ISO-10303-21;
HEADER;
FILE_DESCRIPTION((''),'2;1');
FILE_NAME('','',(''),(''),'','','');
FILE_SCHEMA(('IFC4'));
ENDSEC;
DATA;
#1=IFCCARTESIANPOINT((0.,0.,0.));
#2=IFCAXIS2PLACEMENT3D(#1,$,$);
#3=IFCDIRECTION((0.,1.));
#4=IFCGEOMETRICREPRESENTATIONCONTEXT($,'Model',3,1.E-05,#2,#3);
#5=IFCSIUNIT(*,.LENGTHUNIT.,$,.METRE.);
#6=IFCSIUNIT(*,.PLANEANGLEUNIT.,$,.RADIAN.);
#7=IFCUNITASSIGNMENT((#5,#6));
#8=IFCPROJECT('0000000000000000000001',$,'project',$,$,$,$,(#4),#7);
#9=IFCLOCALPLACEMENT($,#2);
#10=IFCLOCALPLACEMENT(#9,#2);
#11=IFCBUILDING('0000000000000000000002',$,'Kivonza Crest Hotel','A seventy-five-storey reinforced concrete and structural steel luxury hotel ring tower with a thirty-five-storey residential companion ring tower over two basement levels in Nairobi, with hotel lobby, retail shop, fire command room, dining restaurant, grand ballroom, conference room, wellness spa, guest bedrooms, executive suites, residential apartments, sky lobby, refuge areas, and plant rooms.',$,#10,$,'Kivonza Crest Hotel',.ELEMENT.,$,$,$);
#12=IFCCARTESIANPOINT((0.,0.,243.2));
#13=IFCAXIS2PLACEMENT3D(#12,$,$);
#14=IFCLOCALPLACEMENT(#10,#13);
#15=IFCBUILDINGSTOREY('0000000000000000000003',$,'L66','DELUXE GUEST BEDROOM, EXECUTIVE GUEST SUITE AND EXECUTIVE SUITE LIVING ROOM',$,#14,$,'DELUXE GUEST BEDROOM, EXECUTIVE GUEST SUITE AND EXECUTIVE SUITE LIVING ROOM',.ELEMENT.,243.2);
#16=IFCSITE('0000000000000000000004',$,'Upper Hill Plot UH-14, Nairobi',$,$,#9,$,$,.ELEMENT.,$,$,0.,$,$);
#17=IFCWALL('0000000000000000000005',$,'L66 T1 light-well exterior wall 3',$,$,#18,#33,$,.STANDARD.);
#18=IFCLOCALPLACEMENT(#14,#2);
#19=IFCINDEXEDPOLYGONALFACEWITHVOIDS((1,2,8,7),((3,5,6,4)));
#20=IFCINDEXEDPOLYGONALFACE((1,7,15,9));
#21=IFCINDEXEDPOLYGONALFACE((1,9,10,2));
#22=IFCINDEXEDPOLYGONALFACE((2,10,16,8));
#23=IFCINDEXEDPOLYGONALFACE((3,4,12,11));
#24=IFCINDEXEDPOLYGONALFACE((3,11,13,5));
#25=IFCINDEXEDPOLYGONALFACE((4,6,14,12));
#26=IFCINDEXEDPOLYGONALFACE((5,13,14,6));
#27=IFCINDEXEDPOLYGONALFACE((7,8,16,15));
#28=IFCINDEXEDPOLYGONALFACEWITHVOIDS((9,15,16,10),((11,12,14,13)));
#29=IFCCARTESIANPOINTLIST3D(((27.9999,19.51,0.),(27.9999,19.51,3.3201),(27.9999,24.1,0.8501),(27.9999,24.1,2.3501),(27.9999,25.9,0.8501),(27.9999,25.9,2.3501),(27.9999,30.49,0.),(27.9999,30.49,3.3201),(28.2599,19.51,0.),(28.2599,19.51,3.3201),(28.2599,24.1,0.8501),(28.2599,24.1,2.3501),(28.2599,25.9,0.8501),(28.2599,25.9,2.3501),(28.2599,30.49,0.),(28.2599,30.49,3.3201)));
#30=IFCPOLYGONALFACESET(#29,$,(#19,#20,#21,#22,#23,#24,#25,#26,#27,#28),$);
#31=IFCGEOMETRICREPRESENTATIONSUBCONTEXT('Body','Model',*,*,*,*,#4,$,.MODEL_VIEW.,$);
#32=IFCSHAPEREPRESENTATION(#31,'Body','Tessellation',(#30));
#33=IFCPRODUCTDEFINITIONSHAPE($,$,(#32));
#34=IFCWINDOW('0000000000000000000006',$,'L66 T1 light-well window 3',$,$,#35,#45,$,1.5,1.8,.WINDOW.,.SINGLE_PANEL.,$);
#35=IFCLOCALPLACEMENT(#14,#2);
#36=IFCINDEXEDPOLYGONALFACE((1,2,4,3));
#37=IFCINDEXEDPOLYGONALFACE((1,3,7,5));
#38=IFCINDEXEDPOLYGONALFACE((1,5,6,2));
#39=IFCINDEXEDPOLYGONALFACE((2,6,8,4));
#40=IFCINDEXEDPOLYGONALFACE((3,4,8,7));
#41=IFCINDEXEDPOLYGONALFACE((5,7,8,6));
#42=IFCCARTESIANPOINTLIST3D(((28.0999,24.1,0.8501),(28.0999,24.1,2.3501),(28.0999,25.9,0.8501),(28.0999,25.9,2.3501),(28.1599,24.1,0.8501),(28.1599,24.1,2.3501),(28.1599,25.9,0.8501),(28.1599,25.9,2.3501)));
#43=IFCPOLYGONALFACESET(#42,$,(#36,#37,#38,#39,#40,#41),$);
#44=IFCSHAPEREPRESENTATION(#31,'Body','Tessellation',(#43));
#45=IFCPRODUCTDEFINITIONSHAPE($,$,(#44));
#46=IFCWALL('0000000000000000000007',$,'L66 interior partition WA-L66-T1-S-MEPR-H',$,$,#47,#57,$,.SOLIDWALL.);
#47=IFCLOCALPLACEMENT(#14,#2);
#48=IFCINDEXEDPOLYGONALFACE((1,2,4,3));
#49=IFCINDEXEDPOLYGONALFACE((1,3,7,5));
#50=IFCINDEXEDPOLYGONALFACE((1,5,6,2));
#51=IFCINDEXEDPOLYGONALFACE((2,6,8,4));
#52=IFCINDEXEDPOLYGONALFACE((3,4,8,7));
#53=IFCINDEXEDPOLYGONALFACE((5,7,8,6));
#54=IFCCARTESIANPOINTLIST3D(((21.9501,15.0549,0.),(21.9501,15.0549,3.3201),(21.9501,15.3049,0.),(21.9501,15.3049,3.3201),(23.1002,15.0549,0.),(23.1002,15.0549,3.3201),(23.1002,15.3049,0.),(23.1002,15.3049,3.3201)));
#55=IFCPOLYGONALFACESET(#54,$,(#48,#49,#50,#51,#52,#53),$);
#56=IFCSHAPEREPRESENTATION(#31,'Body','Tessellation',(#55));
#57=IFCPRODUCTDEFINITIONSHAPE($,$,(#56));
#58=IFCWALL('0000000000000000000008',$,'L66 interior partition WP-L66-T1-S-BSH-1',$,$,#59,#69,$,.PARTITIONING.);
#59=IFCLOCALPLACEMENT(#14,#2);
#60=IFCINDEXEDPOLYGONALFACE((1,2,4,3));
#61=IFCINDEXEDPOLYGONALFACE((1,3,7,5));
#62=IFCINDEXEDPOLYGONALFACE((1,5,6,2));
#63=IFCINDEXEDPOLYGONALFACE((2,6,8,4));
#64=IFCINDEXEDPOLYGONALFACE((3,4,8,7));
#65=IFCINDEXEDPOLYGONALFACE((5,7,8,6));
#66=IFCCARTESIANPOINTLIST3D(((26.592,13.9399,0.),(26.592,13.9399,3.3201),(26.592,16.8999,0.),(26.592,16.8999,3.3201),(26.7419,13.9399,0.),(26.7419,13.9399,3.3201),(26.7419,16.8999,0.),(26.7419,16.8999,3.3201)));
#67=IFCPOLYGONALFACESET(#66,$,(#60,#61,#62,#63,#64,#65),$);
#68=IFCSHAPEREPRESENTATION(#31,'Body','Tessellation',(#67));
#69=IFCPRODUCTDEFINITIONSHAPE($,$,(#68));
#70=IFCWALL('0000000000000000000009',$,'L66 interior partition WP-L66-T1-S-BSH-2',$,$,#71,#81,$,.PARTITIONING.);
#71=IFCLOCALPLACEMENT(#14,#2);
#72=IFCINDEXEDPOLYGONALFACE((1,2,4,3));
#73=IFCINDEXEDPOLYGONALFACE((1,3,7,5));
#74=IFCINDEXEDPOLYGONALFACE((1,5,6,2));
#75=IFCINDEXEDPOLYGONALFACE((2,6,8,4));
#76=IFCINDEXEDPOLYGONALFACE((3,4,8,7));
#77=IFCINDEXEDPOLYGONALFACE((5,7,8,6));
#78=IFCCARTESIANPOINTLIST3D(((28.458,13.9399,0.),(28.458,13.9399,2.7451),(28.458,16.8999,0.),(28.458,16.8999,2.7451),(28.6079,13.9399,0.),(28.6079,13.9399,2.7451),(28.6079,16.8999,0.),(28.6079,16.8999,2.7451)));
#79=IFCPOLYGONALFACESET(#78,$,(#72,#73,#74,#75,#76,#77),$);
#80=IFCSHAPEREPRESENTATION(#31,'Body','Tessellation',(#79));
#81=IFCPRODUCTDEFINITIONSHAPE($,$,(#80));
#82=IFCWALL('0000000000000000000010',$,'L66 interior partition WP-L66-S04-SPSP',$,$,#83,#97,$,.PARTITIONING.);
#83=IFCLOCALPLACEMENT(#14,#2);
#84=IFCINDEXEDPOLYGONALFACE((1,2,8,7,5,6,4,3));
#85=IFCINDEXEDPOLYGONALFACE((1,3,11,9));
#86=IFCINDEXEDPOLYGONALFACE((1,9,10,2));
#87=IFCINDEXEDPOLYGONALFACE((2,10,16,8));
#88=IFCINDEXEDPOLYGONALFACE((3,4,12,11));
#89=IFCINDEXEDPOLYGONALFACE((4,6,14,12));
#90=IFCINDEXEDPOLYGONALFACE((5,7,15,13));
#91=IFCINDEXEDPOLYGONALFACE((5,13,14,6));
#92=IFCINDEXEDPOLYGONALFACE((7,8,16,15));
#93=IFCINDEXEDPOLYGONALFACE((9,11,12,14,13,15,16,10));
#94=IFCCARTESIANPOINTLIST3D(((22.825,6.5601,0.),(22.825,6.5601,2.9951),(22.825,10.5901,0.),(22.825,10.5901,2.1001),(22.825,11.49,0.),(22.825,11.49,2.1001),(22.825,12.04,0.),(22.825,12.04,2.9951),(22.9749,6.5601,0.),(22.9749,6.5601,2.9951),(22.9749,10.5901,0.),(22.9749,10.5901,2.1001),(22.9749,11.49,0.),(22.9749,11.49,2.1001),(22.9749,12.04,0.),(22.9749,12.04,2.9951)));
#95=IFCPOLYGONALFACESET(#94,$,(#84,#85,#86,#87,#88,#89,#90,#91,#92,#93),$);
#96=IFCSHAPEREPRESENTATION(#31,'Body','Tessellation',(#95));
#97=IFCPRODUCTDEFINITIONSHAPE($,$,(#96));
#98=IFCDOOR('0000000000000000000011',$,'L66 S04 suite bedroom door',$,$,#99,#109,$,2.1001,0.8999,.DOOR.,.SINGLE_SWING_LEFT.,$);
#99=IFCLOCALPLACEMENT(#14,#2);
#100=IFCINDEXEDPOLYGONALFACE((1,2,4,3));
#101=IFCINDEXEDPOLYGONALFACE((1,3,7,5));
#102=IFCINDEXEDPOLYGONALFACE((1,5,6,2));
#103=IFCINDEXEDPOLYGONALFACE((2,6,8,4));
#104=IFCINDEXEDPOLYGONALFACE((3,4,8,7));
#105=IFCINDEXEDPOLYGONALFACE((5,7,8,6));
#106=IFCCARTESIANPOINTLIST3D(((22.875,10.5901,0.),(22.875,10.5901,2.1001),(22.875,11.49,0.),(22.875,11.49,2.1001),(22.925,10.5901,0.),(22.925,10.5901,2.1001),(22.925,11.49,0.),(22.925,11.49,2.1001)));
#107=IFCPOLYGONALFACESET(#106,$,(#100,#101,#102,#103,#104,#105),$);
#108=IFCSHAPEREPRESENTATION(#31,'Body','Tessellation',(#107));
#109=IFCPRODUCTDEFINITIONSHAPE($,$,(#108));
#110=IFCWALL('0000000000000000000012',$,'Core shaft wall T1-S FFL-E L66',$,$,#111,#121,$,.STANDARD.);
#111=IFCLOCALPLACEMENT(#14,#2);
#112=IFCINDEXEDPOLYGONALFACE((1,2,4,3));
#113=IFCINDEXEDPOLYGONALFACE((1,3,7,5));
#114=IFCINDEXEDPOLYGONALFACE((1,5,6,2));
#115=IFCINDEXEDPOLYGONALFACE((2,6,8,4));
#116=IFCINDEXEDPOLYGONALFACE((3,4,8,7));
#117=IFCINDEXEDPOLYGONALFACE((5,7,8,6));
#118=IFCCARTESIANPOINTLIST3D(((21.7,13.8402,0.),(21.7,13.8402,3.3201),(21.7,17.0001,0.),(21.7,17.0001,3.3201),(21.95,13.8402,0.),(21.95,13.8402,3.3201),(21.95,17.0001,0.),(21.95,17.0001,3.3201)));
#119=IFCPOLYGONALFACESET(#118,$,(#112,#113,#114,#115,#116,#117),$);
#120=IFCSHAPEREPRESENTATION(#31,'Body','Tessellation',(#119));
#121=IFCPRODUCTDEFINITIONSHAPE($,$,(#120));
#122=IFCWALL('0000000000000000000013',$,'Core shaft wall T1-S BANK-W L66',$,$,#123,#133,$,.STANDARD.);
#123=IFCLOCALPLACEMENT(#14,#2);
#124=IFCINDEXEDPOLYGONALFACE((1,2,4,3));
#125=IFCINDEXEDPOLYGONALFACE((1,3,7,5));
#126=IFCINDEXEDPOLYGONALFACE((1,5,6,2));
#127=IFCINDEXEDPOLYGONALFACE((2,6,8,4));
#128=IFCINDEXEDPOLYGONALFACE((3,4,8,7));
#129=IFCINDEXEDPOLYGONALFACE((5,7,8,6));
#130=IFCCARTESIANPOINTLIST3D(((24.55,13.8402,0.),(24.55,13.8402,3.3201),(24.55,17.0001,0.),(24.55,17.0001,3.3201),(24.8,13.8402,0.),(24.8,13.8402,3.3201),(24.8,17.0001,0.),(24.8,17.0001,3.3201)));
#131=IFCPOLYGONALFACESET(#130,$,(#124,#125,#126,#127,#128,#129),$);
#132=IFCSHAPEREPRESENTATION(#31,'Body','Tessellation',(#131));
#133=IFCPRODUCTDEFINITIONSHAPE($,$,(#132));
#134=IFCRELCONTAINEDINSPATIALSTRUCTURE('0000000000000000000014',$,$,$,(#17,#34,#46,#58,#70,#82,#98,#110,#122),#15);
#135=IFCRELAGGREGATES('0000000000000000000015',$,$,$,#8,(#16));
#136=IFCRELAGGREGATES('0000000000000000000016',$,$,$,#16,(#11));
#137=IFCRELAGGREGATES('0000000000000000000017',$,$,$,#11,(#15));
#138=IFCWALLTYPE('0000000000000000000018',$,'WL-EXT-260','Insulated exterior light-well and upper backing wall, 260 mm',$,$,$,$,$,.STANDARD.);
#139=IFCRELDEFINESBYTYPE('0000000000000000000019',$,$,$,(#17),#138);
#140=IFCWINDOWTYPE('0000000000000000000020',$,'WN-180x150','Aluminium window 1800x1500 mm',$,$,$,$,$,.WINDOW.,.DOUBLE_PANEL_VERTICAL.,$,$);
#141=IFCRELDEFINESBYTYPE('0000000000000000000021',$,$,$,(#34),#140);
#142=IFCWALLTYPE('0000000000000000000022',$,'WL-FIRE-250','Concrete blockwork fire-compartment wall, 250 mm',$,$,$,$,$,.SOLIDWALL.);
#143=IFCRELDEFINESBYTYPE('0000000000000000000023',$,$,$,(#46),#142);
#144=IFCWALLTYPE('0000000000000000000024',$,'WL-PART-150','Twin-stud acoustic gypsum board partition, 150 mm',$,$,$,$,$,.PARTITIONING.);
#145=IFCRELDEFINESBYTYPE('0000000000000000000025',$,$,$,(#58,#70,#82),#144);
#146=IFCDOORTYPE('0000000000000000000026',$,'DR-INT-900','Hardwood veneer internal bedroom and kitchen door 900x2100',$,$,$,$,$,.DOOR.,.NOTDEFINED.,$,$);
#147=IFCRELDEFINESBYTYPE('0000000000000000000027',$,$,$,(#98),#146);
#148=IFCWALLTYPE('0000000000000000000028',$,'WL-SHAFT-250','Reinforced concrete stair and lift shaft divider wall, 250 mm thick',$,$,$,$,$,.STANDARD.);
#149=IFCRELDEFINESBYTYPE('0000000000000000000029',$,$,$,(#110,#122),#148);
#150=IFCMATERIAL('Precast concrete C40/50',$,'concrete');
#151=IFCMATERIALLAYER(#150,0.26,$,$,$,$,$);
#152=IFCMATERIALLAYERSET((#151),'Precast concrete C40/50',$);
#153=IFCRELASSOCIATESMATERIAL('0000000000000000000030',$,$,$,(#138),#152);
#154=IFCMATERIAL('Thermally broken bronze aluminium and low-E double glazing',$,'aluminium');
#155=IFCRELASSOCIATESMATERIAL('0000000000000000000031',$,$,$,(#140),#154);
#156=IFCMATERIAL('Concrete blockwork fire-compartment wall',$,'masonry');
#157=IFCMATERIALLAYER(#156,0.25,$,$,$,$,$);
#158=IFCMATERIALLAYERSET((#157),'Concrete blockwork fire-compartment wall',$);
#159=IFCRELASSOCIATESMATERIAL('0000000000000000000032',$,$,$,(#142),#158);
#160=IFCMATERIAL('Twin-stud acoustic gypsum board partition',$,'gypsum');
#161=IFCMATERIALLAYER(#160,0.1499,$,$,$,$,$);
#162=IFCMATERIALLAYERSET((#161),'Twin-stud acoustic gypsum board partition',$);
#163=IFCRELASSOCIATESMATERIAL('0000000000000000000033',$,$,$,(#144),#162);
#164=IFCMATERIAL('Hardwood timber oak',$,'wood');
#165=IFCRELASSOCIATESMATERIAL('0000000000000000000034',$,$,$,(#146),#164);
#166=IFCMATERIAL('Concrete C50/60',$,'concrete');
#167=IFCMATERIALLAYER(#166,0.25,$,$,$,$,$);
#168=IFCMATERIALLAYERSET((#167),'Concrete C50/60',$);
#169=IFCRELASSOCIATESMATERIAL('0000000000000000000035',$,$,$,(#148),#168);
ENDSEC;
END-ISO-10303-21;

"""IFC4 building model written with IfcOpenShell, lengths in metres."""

from ifc_helpers import new_model, si_unit, direction, frame, frame_2d, origin, place, context, subcontext, project, spatial, rectangle, extrude, material, layer, layer_set, type_object, element, fill, save


model = new_model("IFC4")

# Units and contexts
model_context = context("Model", 3, precision=1e-05, world=origin(), true_north=direction((0.0, 1.0)))
body_context = subcontext(model_context, "Body", "Model", "MODEL_VIEW")
ifc_project = project(units=[si_unit("LENGTHUNIT", "METRE"), si_unit("PLANEANGLEUNIT", "RADIAN")], contexts=[model_context])

# Site, building, storey
site_placement = place(None, origin())
site = spatial("IfcSite", under=ifc_project, at=site_placement, Name="Upper Hill Plot UH-14, Nairobi", CompositionType="ELEMENT", RefElevation=0.0)
building_placement = place(site_placement, origin())
building = spatial("IfcBuilding", under=site, at=building_placement, Name="Kivonza Crest Hotel", Description="A seventy-five-storey reinforced concrete and structural steel luxury hotel ring tower with a thirty-five-storey residential companion ring tower over two basement levels in Nairobi, with hotel lobby, retail shop, fire command room, dining restaurant, grand ballroom, conference room, wellness spa, guest bedrooms, executive suites, residential apartments, sky lobby, refuge areas, and plant rooms.", LongName="Kivonza Crest Hotel", CompositionType="ELEMENT")
storey_placement = place(building_placement, frame((0.0, 0.0, 243.2)))
storey = spatial("IfcBuildingStorey", under=building, at=storey_placement, Name="L66", Description="DELUXE GUEST BEDROOM, EXECUTIVE GUEST SUITE AND EXECUTIVE SUITE LIVING ROOM", LongName="DELUXE GUEST BEDROOM, EXECUTIVE GUEST SUITE AND EXECUTIVE SUITE LIVING ROOM", CompositionType="ELEMENT", Elevation=243.2)

# Shared definitions
ifc_material_1 = material(Name="Concrete C50/60", Category="concrete")

# Shared definitions
ifc_material_2 = material(Name="Hardwood timber oak", Category="wood")

# Shared definitions
ifc_material_3 = material(Name="Precast concrete C40/50", Category="concrete")
ifc_layer_1 = layer(ifc_material_3, 0.26)
ifc_layer_set_1 = layer_set([ifc_layer_1], Name="Precast concrete C40/50")
wall_type_1 = type_object("IfcWallType", Name="WL-EXT-260", Description="Insulated exterior light-well and upper backing wall, 260 mm", PredefinedType="STANDARD", material=ifc_layer_set_1)
ifc_material_4 = material(Name="Thermally broken bronze aluminium and low-E double glazing", Category="aluminium")

# Wall, opening, window
wall_1_placement = place(storey_placement, frame((28.1299, 19.51, 0.0), z_axis=(0.0, 0.0, 1.0), x_axis=(0.0, 1.0, 0.0)))
wall_1 = element("IfcWall", 1, at=wall_1_placement, inside=storey, type_object=wall_type_1, Name="L66 T1 light-well exterior wall 3", PredefinedType="STANDARD", context=body_context, shape_type="SweptSolid", body=[
    extrude(rectangle(XDim=10.98, YDim=0.26, at=frame_2d((5.49, 0.0))), origin(), (0.0, 0.0, 1.0), 3.3201),
])
opening_1_placement = place(wall_1_placement, frame((4.5901, 0.0, 0.8501)))
opening_1 = element("IfcOpeningElement", 2, at=opening_1_placement, cuts=wall_1, PredefinedType="OPENING", context=body_context, shape_type="SweptSolid", body=[
    extrude(rectangle(XDim=1.8, YDim=1.5, at=frame_2d((0.8999, 0.75))), frame((0.0, 0.1401, 0.0), z_axis=(0.0, -1.0, 0.0), x_axis=(1.0, 0.0, 0.0)), (0.0, 0.0, 1.0), 0.28),
])
window_type_1 = type_object("IfcWindowType", Name="WN-180x150", Description="Aluminium window 1800x1500 mm", PartitioningType="DOUBLE_PANEL_VERTICAL", PredefinedType="WINDOW", material=ifc_material_4)
window_1_placement = place(opening_1_placement, origin())
window_1 = element("IfcWindow", 3, at=window_1_placement, inside=storey, type_object=window_type_1, Name="L66 T1 light-well window 3", OverallHeight=1.5, OverallWidth=1.8, PartitioningType="SINGLE_PANEL", PredefinedType="WINDOW", context=body_context, shape_type="SweptSolid", body=[
    extrude(rectangle(XDim=1.8, YDim=1.5, at=frame_2d((0.8999, 0.75))), frame((0.0, 0.03, 0.0), z_axis=(0.0, -1.0, 0.0), x_axis=(1.0, 0.0, 0.0)), (0.0, 0.0, 1.0), 0.0601),
])
fill(opening_1, window_1)

# Walls
ifc_material_5 = material(Name="Concrete blockwork fire-compartment wall", Category="masonry")
ifc_layer_2 = layer(ifc_material_5, 0.25)
ifc_layer_set_2 = layer_set([ifc_layer_2], Name="Concrete blockwork fire-compartment wall")
wall_type_2 = type_object("IfcWallType", Name="WL-FIRE-250", Description="Concrete blockwork fire-compartment wall, 250 mm", PredefinedType="SOLIDWALL", material=ifc_layer_set_2)
wall_2_placement = place(storey_placement, frame((21.95, 15.1799, 0.0), z_axis=(0.0, 0.0, 1.0), x_axis=(1.0, 0.0, 0.0)))
element("IfcWall", 4, at=wall_2_placement, inside=storey, type_object=wall_type_2, Name="L66 interior partition WA-L66-T1-S-MEPR-H", PredefinedType="SOLIDWALL", context=body_context, shape_type="SweptSolid", body=[
    extrude(rectangle(XDim=1.1501, YDim=0.25, at=frame_2d((0.5752, 0.0))), origin(), (0.0, 0.0, 1.0), 3.3201),
])
ifc_material_6 = material(Name="Twin-stud acoustic gypsum board partition", Category="gypsum")
ifc_layer_3 = layer(ifc_material_6, 0.1499)
ifc_layer_set_3 = layer_set([ifc_layer_3], Name="Twin-stud acoustic gypsum board partition")
wall_type_3 = type_object("IfcWallType", Name="WL-PART-150", Description="Twin-stud acoustic gypsum board partition, 150 mm", PredefinedType="PARTITIONING", material=ifc_layer_set_3)
wall_3_placement = place(storey_placement, frame((26.667, 13.9399, 0.0), z_axis=(0.0, 0.0, 1.0), x_axis=(0.0, 1.0, 0.0)))
element("IfcWall", 5, at=wall_3_placement, inside=storey, type_object=wall_type_3, Name="L66 interior partition WP-L66-T1-S-BSH-1", PredefinedType="PARTITIONING", context=body_context, shape_type="SweptSolid", body=[
    extrude(rectangle(XDim=2.96, YDim=0.1499, at=frame_2d((1.48, 0.0))), origin(), (0.0, 0.0, 1.0), 3.3201),
])
wall_4_placement = place(storey_placement, frame((28.533, 13.9399, 0.0), z_axis=(0.0, 0.0, 1.0), x_axis=(0.0, 1.0, 0.0)))
element("IfcWall", 6, at=wall_4_placement, inside=storey, type_object=wall_type_3, Name="L66 interior partition WP-L66-T1-S-BSH-2", PredefinedType="PARTITIONING", context=body_context, shape_type="SweptSolid", body=[
    extrude(rectangle(XDim=2.96, YDim=0.1499, at=frame_2d((1.48, 0.0))), origin(), (0.0, 0.0, 1.0), 2.7451),
])

# Wall, opening, door
wall_5_placement = place(storey_placement, frame((22.8999, 6.5601, 0.0), z_axis=(0.0, 0.0, 1.0), x_axis=(0.0, 1.0, 0.0)))
wall_5 = element("IfcWall", 7, at=wall_5_placement, inside=storey, type_object=wall_type_3, Name="L66 interior partition WP-L66-S04-SPSP", PredefinedType="PARTITIONING", context=body_context, shape_type="SweptSolid", body=[
    extrude(rectangle(XDim=5.48, YDim=0.1499, at=frame_2d((2.74, 0.0))), origin(), (0.0, 0.0, 1.0), 2.9951),
])
opening_2_placement = place(wall_5_placement, frame((4.03, 0.0, 0.0)))
opening_2 = element("IfcOpeningElement", 8, at=opening_2_placement, cuts=wall_5, PredefinedType="OPENING", context=body_context, shape_type="SweptSolid", body=[
    extrude(rectangle(XDim=0.8999, YDim=2.1001, at=frame_2d((0.45, 1.05))), frame((0.0, 0.085, 0.0), z_axis=(0.0, -1.0, 0.0), x_axis=(1.0, 0.0, 0.0)), (0.0, 0.0, 1.0), 0.1699),
])
door_type_1 = type_object("IfcDoorType", Name="DR-INT-900", Description="Hardwood veneer internal bedroom and kitchen door 900x2100", OperationType="NOTDEFINED", PredefinedType="DOOR", material=ifc_material_2)
door_1_placement = place(opening_2_placement, origin())
door_1 = element("IfcDoor", 9, at=door_1_placement, inside=storey, type_object=door_type_1, Name="L66 S04 suite bedroom door", OperationType="SINGLE_SWING_LEFT", OverallHeight=2.1001, OverallWidth=0.8999, PredefinedType="DOOR", context=body_context, shape_type="SweptSolid", body=[
    extrude(rectangle(XDim=0.8999, YDim=2.1001, at=frame_2d((0.45, 1.05))), frame((0.0, 0.0249, 0.0), z_axis=(0.0, -1.0, 0.0), x_axis=(1.0, 0.0, 0.0)), (0.0, 0.0, 1.0), 0.05),
])
fill(opening_2, door_1)
ifc_layer_4 = layer(ifc_material_1, 0.25)
ifc_layer_set_4 = layer_set([ifc_layer_4], Name="Concrete C50/60")
wall_type_4 = type_object("IfcWallType", Name="WL-SHAFT-250", Description="Reinforced concrete stair and lift shaft divider wall, 250 mm thick", PredefinedType="STANDARD", material=ifc_layer_set_4)

# Walls
for number, where, z_axis, x_axis, name in (
    (10, (21.825, 13.8401, 0.0), (0.0, 0.0, 1.0), (0.0, 1.0, 0.0), "Core shaft wall T1-S FFL-E L66"),
    (11, (24.675, 13.8401, 0.0), (0.0, 0.0, 1.0), (0.0, 1.0, 0.0), "Core shaft wall T1-S BANK-W L66"),
):
    element("IfcWall", number, at=place(storey_placement, frame(where, z_axis=z_axis, x_axis=x_axis)), inside=storey, type_object=wall_type_4, Name=name, PredefinedType="STANDARD", context=body_context, shape_type="SweptSolid", body=[
        extrude(rectangle(XDim=3.1599, YDim=0.25, at=frame_2d((1.5801, 0.0))), origin(), (0.0, 0.0, 1.0), 3.3201),
    ])

save(model, "model.ifc")
